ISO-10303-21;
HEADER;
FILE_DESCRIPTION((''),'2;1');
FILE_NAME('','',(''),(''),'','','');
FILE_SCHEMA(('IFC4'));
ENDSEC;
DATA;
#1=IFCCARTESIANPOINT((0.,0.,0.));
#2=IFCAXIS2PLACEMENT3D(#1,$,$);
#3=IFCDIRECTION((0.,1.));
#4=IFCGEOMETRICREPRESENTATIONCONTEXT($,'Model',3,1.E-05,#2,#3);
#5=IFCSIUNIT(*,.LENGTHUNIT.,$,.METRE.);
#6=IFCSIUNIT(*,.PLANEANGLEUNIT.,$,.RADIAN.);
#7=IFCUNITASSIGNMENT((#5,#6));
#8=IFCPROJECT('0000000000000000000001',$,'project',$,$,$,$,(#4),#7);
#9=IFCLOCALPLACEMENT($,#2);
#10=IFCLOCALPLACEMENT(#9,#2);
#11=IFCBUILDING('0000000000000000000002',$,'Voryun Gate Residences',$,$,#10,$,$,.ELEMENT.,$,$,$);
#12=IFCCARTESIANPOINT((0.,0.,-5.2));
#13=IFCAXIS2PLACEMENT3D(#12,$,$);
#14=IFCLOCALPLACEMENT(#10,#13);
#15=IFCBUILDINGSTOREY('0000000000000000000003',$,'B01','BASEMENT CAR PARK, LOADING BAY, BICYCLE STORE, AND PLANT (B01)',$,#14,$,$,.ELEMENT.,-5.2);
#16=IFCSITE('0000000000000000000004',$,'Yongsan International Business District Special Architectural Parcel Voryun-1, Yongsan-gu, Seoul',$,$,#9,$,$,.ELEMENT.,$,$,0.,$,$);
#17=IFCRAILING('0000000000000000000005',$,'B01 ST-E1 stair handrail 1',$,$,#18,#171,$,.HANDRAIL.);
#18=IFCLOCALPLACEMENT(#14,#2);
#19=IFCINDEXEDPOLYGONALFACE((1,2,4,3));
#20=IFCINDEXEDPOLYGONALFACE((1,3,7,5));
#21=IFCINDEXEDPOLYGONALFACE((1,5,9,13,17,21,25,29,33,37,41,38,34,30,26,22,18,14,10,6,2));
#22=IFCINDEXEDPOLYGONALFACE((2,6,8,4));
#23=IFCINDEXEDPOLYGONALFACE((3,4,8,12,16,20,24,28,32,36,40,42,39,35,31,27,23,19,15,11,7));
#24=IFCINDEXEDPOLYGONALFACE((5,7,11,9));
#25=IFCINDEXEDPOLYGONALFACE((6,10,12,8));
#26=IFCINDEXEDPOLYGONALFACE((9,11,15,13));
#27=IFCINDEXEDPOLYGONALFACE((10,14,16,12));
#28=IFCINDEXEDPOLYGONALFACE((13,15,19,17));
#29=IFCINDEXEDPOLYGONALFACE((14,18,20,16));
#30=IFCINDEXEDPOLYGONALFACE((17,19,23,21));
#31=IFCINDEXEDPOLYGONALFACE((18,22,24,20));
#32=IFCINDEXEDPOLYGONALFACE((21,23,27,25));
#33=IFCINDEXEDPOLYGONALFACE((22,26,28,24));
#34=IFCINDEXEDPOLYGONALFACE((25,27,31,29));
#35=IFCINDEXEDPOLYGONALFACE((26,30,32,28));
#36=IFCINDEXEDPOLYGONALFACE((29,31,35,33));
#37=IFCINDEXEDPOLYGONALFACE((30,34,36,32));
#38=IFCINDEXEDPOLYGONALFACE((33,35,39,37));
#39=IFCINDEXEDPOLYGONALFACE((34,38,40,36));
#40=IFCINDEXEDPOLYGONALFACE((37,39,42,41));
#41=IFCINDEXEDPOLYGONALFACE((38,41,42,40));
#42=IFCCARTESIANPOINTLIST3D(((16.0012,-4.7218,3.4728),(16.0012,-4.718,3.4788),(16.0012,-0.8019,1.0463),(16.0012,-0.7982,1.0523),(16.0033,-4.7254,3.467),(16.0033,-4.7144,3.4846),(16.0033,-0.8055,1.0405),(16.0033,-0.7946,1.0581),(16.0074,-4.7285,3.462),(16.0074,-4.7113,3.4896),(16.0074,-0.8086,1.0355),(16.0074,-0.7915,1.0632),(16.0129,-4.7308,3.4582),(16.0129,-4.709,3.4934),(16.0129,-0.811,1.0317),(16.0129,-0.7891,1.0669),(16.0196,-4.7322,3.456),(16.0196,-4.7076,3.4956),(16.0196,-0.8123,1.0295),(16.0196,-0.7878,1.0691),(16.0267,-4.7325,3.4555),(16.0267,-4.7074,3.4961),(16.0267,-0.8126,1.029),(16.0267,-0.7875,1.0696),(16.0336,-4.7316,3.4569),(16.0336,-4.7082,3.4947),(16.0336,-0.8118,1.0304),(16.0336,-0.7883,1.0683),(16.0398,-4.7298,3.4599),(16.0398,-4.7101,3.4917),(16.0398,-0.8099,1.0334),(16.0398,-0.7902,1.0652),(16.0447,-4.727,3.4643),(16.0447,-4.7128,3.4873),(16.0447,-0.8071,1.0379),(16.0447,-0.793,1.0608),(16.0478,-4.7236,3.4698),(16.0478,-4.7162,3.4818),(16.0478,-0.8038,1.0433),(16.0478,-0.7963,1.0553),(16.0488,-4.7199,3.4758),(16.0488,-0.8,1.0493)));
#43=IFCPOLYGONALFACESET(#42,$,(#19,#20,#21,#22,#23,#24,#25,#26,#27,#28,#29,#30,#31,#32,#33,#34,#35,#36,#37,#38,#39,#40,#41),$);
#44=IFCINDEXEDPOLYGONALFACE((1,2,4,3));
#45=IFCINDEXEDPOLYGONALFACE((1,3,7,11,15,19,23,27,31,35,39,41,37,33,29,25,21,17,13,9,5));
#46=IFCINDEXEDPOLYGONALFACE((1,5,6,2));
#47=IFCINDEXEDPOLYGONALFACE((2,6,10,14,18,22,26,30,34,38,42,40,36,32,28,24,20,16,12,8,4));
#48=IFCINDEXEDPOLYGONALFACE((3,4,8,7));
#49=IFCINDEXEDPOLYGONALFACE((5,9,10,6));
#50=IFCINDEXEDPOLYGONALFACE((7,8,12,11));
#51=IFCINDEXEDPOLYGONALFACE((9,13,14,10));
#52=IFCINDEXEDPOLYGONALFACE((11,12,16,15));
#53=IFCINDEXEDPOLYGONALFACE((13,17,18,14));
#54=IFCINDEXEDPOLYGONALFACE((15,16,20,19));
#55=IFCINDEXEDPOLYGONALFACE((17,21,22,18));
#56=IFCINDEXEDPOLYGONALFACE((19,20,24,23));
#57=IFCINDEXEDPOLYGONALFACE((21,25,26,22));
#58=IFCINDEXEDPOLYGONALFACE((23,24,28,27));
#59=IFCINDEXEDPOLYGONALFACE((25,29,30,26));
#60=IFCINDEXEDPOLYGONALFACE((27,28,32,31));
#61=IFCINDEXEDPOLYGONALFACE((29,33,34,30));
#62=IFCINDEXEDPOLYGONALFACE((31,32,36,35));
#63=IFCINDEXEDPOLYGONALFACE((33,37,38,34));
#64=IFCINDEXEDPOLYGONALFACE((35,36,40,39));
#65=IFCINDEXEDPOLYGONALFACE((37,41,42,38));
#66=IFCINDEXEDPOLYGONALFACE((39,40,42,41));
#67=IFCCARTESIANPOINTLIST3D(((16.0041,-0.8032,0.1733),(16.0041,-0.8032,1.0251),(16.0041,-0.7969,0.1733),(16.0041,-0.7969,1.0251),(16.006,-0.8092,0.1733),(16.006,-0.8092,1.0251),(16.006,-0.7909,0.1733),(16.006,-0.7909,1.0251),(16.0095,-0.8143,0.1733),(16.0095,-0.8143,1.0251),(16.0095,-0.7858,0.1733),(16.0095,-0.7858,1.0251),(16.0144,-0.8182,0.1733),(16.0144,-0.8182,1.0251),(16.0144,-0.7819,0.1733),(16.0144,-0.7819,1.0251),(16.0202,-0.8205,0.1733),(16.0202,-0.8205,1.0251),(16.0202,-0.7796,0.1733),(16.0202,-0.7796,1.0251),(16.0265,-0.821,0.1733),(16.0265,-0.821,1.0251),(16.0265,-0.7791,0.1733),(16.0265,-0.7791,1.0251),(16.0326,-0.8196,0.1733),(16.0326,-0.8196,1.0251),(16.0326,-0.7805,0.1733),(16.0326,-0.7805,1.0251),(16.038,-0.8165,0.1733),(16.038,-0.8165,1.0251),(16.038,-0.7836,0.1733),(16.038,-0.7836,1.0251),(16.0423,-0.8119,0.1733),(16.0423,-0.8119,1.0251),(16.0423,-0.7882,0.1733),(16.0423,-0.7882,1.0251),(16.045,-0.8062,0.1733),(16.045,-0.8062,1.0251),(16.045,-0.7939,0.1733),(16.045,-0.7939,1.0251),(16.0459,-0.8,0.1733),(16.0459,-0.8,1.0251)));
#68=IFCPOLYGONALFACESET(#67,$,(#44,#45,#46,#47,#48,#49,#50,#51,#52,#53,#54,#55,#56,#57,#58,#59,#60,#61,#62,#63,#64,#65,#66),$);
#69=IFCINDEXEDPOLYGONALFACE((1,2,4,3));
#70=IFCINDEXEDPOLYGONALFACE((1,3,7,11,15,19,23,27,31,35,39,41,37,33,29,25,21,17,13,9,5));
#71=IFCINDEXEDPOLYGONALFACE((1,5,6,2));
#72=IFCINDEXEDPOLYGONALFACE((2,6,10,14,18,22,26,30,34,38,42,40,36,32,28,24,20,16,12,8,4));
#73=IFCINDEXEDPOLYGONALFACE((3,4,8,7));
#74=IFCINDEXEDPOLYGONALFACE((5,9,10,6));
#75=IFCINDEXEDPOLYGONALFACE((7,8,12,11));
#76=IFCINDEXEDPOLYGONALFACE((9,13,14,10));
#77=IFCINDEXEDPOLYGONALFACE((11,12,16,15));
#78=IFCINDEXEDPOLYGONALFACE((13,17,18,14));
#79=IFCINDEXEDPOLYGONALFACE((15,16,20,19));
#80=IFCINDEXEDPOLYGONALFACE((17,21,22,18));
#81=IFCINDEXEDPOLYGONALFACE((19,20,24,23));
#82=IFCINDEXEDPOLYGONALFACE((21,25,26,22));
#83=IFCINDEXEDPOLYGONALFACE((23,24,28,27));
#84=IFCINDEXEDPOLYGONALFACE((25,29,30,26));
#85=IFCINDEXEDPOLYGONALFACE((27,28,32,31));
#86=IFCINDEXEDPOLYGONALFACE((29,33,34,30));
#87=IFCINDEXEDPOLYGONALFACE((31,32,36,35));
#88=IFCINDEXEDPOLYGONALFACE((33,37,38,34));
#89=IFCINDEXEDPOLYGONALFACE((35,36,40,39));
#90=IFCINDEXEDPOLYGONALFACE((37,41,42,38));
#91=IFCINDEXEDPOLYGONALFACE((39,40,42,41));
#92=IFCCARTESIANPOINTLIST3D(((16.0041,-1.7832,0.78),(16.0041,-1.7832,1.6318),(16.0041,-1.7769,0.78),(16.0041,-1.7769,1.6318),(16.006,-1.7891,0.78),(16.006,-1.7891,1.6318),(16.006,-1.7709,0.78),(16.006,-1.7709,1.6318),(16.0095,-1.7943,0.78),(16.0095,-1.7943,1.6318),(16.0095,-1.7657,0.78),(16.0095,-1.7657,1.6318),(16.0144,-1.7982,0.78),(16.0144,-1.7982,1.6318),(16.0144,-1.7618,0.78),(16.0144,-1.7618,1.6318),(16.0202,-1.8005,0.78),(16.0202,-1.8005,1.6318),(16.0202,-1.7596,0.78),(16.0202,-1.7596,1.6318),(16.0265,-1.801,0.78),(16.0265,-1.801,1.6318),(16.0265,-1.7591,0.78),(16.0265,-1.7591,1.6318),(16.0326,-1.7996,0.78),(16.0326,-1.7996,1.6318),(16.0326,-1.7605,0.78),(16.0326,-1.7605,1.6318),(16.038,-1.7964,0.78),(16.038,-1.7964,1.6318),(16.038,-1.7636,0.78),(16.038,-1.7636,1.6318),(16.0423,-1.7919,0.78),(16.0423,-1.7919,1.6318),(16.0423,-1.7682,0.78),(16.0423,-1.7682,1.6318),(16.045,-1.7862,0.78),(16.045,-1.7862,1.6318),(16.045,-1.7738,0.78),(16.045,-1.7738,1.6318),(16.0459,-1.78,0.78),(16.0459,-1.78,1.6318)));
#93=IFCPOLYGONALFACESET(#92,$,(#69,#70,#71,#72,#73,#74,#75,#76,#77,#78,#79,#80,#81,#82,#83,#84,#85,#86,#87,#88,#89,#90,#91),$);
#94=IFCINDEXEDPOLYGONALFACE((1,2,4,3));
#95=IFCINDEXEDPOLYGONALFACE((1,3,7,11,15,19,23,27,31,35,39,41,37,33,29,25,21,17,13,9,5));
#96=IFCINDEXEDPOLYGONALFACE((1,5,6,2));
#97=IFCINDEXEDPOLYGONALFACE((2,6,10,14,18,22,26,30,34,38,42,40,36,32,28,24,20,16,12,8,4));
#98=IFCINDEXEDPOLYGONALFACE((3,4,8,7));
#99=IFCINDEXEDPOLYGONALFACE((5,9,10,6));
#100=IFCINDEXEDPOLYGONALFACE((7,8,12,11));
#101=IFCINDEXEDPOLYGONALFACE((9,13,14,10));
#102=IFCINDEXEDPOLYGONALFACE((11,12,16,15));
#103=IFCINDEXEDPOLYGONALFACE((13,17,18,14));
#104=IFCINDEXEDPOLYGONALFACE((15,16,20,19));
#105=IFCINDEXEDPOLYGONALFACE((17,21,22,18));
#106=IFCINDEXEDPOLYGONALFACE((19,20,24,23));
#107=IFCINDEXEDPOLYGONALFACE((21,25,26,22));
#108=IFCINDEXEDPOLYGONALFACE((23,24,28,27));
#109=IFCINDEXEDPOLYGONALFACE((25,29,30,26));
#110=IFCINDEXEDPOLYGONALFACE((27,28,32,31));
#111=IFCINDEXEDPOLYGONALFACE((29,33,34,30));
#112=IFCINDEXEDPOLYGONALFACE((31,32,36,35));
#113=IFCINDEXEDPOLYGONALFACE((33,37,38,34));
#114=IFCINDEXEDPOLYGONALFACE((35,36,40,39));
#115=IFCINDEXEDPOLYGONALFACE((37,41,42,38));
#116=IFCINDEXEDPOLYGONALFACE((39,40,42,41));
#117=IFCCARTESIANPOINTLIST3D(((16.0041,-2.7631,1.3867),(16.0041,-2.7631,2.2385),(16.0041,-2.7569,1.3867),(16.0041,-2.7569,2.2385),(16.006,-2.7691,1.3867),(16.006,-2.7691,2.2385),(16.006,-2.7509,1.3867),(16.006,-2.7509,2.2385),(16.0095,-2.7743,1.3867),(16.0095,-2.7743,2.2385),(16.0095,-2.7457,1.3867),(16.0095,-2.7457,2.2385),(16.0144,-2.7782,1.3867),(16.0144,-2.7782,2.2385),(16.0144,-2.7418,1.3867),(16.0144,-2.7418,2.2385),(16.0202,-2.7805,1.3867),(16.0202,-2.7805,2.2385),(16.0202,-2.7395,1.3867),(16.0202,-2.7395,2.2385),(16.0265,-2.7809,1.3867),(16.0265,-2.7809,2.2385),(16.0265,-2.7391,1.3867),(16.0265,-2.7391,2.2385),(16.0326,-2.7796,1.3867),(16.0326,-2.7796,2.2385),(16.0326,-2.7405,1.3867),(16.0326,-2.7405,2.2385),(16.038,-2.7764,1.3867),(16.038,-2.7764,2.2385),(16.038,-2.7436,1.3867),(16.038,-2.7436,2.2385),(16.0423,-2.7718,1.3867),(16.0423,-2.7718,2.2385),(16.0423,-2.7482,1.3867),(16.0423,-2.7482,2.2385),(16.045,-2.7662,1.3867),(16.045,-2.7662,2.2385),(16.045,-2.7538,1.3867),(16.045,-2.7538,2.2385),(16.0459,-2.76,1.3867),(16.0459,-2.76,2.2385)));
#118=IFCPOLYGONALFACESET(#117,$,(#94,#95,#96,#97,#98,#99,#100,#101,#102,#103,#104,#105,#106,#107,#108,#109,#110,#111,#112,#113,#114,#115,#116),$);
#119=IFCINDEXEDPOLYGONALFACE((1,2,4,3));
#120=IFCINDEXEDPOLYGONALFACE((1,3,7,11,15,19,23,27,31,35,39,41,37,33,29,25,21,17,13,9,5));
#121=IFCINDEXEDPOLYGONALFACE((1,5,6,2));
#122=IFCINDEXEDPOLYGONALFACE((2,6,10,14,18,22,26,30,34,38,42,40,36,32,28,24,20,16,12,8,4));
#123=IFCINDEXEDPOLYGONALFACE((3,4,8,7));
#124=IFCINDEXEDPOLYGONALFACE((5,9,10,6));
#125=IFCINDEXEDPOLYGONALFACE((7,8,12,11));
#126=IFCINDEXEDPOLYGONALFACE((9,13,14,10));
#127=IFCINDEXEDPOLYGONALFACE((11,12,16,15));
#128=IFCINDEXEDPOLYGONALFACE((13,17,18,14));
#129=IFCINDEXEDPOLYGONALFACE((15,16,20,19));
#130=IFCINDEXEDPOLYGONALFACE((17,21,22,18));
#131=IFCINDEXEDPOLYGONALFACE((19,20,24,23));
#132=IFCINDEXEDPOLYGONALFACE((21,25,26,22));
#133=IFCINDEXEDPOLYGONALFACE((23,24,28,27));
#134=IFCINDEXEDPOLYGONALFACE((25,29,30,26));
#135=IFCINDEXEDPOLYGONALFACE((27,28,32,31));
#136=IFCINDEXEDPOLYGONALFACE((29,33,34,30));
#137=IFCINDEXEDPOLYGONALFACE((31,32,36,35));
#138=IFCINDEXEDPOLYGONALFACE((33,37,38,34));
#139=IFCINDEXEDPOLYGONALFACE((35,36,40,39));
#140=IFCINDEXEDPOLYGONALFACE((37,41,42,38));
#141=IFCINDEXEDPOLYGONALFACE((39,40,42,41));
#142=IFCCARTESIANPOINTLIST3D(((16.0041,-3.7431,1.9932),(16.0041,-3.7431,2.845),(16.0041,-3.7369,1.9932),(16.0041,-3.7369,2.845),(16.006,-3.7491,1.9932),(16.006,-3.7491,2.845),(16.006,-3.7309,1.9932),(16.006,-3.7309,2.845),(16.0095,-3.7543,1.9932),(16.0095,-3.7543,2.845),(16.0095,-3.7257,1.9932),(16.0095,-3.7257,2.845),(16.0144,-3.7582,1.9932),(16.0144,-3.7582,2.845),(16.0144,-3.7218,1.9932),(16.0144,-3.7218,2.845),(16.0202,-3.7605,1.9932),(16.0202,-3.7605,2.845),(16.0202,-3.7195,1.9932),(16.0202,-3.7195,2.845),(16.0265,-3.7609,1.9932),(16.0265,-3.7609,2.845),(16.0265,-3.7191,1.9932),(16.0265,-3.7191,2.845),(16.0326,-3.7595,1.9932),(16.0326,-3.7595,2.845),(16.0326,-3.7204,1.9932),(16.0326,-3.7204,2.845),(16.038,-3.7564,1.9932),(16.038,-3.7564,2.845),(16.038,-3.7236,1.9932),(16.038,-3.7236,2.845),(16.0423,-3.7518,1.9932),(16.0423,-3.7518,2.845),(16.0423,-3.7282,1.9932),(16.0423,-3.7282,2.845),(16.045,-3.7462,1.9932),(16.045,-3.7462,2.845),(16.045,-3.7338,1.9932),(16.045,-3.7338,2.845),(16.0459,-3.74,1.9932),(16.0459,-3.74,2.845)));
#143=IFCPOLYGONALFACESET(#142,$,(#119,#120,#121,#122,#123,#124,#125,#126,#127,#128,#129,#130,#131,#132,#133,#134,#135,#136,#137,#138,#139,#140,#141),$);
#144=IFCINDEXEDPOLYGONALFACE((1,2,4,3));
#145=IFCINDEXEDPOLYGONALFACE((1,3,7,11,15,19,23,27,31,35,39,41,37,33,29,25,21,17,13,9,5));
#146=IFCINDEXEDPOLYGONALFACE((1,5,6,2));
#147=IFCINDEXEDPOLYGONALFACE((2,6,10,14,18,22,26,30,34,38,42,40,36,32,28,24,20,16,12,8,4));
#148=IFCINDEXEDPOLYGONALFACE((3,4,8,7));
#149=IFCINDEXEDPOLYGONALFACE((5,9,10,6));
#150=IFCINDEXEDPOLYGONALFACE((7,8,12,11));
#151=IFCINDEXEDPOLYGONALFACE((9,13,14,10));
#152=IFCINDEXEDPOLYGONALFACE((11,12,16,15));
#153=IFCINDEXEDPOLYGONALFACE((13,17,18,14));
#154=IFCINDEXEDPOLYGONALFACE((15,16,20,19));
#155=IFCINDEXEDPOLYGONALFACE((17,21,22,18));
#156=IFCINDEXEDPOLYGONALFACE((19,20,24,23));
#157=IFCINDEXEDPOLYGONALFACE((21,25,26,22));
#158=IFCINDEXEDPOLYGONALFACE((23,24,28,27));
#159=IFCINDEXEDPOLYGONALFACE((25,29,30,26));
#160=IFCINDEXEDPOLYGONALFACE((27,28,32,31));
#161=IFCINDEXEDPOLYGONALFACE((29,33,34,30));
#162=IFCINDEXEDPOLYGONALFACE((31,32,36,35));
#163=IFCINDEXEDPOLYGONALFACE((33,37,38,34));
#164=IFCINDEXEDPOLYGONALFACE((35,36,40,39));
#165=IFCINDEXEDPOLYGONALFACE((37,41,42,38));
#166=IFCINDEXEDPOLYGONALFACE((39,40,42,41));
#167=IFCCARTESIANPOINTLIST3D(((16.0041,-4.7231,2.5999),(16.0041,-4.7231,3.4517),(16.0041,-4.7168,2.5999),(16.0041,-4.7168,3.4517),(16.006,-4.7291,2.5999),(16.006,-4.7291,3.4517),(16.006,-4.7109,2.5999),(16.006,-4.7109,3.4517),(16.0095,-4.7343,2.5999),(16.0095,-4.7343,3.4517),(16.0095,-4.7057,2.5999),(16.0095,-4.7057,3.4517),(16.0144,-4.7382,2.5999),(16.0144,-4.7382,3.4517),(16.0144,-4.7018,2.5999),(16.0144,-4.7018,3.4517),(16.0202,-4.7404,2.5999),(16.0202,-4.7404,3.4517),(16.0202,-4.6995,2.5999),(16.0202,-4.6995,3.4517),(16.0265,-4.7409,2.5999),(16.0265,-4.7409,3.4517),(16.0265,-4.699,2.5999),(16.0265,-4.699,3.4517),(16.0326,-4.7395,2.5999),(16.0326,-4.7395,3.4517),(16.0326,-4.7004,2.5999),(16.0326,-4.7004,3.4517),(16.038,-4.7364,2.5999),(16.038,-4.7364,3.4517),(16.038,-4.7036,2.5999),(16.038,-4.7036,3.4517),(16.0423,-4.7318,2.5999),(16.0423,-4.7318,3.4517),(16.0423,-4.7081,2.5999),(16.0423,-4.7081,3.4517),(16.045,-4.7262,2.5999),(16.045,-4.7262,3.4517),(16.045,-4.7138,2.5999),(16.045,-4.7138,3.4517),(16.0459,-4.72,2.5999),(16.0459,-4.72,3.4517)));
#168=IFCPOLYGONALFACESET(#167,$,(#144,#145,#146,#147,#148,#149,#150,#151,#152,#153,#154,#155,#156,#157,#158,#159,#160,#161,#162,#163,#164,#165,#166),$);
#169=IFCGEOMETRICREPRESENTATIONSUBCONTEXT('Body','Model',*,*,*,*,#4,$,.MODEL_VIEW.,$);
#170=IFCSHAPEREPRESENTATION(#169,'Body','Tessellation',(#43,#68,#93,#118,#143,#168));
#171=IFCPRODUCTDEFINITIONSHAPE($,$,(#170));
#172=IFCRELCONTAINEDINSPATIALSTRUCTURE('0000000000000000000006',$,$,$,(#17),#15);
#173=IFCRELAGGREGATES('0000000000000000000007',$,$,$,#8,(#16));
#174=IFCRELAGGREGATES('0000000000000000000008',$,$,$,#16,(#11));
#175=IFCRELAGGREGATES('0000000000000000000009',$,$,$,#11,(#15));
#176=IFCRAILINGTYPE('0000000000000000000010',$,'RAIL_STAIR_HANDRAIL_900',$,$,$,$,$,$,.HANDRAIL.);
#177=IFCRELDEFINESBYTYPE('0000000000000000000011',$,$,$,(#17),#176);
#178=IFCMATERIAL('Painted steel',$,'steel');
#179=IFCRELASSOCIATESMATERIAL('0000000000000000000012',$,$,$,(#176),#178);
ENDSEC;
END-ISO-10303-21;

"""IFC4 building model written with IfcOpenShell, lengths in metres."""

from ifc_helpers import new_model, si_unit, direction, frame, origin, origin_2d, place, context, subcontext, project, spatial, circle, extrude, material, type_object, element, save


model = new_model("IFC4")

# Units and contexts
model_context = context("Model", 3, precision=1e-05, world=origin(), true_north=direction((0.0, 1.0)))
body_context = subcontext(model_context, "Body", "Model", "MODEL_VIEW")
ifc_project = project(units=[si_unit("LENGTHUNIT", "METRE"), si_unit("PLANEANGLEUNIT", "RADIAN")], contexts=[model_context])

# Site, building, storey
site_placement = place(None, origin())
site = spatial("IfcSite", under=ifc_project, at=site_placement, Name="Yongsan International Business District Special Architectural Parcel Voryun-1, Yongsan-gu, Seoul", CompositionType="ELEMENT", RefElevation=0.0)
building_placement = place(site_placement, origin())
building = spatial("IfcBuilding", under=site, at=building_placement, Name="Voryun Gate Residences", CompositionType="ELEMENT")
storey_placement = place(building_placement, frame((0.0, 0.0, -5.2)))
storey = spatial("IfcBuildingStorey", under=building, at=storey_placement, Name="B01", Description="BASEMENT CAR PARK, LOADING BAY, BICYCLE STORE, AND PLANT (B01)", CompositionType="ELEMENT", Elevation=-5.2)

# Railing
ifc_material_1 = material(Name="Painted steel", Category="steel")
railing_type_1 = type_object("IfcRailingType", Name="RAIL_STAIR_HANDRAIL_900", PredefinedType="HANDRAIL", material=ifc_material_1)
railing_1_placement = place(storey_placement, frame((16.0249, -0.8, 0.1733)))
element("IfcRailing", 1, at=railing_1_placement, inside=storey, type_object=railing_type_1, Name="B01 ST-E1 stair handrail 1", PredefinedType="HANDRAIL", context=body_context, shape_type="SweptSolid", body=[
    extrude(circle(Radius=0.0239, at=origin_2d()), frame((0.0, 0.0, 0.876), z_axis=(0.0, -0.850275, 0.526338), x_axis=(1.0, 0.0, 0.0)), (0.0, 0.0, 1.0), 4.6101),
    extrude(circle(Radius=0.021, at=origin_2d()), origin(), (0.0, 0.0, 1.0), 0.8518),
    extrude(circle(Radius=0.021, at=origin_2d()), frame((0.0, -0.98, 0.6067)), (0.0, 0.0, 1.0), 0.8518),
    extrude(circle(Radius=0.021, at=origin_2d()), frame((0.0, -1.96, 1.2134)), (0.0, 0.0, 1.0), 0.8518),
    extrude(circle(Radius=0.021, at=origin_2d()), frame((0.0, -2.9399, 1.8198)), (0.0, 0.0, 1.0), 0.8518),
    extrude(circle(Radius=0.021, at=origin_2d()), frame((0.0, -3.9199, 2.4265)), (0.0, 0.0, 1.0), 0.8518),
])

save(model, "model.ifc")
